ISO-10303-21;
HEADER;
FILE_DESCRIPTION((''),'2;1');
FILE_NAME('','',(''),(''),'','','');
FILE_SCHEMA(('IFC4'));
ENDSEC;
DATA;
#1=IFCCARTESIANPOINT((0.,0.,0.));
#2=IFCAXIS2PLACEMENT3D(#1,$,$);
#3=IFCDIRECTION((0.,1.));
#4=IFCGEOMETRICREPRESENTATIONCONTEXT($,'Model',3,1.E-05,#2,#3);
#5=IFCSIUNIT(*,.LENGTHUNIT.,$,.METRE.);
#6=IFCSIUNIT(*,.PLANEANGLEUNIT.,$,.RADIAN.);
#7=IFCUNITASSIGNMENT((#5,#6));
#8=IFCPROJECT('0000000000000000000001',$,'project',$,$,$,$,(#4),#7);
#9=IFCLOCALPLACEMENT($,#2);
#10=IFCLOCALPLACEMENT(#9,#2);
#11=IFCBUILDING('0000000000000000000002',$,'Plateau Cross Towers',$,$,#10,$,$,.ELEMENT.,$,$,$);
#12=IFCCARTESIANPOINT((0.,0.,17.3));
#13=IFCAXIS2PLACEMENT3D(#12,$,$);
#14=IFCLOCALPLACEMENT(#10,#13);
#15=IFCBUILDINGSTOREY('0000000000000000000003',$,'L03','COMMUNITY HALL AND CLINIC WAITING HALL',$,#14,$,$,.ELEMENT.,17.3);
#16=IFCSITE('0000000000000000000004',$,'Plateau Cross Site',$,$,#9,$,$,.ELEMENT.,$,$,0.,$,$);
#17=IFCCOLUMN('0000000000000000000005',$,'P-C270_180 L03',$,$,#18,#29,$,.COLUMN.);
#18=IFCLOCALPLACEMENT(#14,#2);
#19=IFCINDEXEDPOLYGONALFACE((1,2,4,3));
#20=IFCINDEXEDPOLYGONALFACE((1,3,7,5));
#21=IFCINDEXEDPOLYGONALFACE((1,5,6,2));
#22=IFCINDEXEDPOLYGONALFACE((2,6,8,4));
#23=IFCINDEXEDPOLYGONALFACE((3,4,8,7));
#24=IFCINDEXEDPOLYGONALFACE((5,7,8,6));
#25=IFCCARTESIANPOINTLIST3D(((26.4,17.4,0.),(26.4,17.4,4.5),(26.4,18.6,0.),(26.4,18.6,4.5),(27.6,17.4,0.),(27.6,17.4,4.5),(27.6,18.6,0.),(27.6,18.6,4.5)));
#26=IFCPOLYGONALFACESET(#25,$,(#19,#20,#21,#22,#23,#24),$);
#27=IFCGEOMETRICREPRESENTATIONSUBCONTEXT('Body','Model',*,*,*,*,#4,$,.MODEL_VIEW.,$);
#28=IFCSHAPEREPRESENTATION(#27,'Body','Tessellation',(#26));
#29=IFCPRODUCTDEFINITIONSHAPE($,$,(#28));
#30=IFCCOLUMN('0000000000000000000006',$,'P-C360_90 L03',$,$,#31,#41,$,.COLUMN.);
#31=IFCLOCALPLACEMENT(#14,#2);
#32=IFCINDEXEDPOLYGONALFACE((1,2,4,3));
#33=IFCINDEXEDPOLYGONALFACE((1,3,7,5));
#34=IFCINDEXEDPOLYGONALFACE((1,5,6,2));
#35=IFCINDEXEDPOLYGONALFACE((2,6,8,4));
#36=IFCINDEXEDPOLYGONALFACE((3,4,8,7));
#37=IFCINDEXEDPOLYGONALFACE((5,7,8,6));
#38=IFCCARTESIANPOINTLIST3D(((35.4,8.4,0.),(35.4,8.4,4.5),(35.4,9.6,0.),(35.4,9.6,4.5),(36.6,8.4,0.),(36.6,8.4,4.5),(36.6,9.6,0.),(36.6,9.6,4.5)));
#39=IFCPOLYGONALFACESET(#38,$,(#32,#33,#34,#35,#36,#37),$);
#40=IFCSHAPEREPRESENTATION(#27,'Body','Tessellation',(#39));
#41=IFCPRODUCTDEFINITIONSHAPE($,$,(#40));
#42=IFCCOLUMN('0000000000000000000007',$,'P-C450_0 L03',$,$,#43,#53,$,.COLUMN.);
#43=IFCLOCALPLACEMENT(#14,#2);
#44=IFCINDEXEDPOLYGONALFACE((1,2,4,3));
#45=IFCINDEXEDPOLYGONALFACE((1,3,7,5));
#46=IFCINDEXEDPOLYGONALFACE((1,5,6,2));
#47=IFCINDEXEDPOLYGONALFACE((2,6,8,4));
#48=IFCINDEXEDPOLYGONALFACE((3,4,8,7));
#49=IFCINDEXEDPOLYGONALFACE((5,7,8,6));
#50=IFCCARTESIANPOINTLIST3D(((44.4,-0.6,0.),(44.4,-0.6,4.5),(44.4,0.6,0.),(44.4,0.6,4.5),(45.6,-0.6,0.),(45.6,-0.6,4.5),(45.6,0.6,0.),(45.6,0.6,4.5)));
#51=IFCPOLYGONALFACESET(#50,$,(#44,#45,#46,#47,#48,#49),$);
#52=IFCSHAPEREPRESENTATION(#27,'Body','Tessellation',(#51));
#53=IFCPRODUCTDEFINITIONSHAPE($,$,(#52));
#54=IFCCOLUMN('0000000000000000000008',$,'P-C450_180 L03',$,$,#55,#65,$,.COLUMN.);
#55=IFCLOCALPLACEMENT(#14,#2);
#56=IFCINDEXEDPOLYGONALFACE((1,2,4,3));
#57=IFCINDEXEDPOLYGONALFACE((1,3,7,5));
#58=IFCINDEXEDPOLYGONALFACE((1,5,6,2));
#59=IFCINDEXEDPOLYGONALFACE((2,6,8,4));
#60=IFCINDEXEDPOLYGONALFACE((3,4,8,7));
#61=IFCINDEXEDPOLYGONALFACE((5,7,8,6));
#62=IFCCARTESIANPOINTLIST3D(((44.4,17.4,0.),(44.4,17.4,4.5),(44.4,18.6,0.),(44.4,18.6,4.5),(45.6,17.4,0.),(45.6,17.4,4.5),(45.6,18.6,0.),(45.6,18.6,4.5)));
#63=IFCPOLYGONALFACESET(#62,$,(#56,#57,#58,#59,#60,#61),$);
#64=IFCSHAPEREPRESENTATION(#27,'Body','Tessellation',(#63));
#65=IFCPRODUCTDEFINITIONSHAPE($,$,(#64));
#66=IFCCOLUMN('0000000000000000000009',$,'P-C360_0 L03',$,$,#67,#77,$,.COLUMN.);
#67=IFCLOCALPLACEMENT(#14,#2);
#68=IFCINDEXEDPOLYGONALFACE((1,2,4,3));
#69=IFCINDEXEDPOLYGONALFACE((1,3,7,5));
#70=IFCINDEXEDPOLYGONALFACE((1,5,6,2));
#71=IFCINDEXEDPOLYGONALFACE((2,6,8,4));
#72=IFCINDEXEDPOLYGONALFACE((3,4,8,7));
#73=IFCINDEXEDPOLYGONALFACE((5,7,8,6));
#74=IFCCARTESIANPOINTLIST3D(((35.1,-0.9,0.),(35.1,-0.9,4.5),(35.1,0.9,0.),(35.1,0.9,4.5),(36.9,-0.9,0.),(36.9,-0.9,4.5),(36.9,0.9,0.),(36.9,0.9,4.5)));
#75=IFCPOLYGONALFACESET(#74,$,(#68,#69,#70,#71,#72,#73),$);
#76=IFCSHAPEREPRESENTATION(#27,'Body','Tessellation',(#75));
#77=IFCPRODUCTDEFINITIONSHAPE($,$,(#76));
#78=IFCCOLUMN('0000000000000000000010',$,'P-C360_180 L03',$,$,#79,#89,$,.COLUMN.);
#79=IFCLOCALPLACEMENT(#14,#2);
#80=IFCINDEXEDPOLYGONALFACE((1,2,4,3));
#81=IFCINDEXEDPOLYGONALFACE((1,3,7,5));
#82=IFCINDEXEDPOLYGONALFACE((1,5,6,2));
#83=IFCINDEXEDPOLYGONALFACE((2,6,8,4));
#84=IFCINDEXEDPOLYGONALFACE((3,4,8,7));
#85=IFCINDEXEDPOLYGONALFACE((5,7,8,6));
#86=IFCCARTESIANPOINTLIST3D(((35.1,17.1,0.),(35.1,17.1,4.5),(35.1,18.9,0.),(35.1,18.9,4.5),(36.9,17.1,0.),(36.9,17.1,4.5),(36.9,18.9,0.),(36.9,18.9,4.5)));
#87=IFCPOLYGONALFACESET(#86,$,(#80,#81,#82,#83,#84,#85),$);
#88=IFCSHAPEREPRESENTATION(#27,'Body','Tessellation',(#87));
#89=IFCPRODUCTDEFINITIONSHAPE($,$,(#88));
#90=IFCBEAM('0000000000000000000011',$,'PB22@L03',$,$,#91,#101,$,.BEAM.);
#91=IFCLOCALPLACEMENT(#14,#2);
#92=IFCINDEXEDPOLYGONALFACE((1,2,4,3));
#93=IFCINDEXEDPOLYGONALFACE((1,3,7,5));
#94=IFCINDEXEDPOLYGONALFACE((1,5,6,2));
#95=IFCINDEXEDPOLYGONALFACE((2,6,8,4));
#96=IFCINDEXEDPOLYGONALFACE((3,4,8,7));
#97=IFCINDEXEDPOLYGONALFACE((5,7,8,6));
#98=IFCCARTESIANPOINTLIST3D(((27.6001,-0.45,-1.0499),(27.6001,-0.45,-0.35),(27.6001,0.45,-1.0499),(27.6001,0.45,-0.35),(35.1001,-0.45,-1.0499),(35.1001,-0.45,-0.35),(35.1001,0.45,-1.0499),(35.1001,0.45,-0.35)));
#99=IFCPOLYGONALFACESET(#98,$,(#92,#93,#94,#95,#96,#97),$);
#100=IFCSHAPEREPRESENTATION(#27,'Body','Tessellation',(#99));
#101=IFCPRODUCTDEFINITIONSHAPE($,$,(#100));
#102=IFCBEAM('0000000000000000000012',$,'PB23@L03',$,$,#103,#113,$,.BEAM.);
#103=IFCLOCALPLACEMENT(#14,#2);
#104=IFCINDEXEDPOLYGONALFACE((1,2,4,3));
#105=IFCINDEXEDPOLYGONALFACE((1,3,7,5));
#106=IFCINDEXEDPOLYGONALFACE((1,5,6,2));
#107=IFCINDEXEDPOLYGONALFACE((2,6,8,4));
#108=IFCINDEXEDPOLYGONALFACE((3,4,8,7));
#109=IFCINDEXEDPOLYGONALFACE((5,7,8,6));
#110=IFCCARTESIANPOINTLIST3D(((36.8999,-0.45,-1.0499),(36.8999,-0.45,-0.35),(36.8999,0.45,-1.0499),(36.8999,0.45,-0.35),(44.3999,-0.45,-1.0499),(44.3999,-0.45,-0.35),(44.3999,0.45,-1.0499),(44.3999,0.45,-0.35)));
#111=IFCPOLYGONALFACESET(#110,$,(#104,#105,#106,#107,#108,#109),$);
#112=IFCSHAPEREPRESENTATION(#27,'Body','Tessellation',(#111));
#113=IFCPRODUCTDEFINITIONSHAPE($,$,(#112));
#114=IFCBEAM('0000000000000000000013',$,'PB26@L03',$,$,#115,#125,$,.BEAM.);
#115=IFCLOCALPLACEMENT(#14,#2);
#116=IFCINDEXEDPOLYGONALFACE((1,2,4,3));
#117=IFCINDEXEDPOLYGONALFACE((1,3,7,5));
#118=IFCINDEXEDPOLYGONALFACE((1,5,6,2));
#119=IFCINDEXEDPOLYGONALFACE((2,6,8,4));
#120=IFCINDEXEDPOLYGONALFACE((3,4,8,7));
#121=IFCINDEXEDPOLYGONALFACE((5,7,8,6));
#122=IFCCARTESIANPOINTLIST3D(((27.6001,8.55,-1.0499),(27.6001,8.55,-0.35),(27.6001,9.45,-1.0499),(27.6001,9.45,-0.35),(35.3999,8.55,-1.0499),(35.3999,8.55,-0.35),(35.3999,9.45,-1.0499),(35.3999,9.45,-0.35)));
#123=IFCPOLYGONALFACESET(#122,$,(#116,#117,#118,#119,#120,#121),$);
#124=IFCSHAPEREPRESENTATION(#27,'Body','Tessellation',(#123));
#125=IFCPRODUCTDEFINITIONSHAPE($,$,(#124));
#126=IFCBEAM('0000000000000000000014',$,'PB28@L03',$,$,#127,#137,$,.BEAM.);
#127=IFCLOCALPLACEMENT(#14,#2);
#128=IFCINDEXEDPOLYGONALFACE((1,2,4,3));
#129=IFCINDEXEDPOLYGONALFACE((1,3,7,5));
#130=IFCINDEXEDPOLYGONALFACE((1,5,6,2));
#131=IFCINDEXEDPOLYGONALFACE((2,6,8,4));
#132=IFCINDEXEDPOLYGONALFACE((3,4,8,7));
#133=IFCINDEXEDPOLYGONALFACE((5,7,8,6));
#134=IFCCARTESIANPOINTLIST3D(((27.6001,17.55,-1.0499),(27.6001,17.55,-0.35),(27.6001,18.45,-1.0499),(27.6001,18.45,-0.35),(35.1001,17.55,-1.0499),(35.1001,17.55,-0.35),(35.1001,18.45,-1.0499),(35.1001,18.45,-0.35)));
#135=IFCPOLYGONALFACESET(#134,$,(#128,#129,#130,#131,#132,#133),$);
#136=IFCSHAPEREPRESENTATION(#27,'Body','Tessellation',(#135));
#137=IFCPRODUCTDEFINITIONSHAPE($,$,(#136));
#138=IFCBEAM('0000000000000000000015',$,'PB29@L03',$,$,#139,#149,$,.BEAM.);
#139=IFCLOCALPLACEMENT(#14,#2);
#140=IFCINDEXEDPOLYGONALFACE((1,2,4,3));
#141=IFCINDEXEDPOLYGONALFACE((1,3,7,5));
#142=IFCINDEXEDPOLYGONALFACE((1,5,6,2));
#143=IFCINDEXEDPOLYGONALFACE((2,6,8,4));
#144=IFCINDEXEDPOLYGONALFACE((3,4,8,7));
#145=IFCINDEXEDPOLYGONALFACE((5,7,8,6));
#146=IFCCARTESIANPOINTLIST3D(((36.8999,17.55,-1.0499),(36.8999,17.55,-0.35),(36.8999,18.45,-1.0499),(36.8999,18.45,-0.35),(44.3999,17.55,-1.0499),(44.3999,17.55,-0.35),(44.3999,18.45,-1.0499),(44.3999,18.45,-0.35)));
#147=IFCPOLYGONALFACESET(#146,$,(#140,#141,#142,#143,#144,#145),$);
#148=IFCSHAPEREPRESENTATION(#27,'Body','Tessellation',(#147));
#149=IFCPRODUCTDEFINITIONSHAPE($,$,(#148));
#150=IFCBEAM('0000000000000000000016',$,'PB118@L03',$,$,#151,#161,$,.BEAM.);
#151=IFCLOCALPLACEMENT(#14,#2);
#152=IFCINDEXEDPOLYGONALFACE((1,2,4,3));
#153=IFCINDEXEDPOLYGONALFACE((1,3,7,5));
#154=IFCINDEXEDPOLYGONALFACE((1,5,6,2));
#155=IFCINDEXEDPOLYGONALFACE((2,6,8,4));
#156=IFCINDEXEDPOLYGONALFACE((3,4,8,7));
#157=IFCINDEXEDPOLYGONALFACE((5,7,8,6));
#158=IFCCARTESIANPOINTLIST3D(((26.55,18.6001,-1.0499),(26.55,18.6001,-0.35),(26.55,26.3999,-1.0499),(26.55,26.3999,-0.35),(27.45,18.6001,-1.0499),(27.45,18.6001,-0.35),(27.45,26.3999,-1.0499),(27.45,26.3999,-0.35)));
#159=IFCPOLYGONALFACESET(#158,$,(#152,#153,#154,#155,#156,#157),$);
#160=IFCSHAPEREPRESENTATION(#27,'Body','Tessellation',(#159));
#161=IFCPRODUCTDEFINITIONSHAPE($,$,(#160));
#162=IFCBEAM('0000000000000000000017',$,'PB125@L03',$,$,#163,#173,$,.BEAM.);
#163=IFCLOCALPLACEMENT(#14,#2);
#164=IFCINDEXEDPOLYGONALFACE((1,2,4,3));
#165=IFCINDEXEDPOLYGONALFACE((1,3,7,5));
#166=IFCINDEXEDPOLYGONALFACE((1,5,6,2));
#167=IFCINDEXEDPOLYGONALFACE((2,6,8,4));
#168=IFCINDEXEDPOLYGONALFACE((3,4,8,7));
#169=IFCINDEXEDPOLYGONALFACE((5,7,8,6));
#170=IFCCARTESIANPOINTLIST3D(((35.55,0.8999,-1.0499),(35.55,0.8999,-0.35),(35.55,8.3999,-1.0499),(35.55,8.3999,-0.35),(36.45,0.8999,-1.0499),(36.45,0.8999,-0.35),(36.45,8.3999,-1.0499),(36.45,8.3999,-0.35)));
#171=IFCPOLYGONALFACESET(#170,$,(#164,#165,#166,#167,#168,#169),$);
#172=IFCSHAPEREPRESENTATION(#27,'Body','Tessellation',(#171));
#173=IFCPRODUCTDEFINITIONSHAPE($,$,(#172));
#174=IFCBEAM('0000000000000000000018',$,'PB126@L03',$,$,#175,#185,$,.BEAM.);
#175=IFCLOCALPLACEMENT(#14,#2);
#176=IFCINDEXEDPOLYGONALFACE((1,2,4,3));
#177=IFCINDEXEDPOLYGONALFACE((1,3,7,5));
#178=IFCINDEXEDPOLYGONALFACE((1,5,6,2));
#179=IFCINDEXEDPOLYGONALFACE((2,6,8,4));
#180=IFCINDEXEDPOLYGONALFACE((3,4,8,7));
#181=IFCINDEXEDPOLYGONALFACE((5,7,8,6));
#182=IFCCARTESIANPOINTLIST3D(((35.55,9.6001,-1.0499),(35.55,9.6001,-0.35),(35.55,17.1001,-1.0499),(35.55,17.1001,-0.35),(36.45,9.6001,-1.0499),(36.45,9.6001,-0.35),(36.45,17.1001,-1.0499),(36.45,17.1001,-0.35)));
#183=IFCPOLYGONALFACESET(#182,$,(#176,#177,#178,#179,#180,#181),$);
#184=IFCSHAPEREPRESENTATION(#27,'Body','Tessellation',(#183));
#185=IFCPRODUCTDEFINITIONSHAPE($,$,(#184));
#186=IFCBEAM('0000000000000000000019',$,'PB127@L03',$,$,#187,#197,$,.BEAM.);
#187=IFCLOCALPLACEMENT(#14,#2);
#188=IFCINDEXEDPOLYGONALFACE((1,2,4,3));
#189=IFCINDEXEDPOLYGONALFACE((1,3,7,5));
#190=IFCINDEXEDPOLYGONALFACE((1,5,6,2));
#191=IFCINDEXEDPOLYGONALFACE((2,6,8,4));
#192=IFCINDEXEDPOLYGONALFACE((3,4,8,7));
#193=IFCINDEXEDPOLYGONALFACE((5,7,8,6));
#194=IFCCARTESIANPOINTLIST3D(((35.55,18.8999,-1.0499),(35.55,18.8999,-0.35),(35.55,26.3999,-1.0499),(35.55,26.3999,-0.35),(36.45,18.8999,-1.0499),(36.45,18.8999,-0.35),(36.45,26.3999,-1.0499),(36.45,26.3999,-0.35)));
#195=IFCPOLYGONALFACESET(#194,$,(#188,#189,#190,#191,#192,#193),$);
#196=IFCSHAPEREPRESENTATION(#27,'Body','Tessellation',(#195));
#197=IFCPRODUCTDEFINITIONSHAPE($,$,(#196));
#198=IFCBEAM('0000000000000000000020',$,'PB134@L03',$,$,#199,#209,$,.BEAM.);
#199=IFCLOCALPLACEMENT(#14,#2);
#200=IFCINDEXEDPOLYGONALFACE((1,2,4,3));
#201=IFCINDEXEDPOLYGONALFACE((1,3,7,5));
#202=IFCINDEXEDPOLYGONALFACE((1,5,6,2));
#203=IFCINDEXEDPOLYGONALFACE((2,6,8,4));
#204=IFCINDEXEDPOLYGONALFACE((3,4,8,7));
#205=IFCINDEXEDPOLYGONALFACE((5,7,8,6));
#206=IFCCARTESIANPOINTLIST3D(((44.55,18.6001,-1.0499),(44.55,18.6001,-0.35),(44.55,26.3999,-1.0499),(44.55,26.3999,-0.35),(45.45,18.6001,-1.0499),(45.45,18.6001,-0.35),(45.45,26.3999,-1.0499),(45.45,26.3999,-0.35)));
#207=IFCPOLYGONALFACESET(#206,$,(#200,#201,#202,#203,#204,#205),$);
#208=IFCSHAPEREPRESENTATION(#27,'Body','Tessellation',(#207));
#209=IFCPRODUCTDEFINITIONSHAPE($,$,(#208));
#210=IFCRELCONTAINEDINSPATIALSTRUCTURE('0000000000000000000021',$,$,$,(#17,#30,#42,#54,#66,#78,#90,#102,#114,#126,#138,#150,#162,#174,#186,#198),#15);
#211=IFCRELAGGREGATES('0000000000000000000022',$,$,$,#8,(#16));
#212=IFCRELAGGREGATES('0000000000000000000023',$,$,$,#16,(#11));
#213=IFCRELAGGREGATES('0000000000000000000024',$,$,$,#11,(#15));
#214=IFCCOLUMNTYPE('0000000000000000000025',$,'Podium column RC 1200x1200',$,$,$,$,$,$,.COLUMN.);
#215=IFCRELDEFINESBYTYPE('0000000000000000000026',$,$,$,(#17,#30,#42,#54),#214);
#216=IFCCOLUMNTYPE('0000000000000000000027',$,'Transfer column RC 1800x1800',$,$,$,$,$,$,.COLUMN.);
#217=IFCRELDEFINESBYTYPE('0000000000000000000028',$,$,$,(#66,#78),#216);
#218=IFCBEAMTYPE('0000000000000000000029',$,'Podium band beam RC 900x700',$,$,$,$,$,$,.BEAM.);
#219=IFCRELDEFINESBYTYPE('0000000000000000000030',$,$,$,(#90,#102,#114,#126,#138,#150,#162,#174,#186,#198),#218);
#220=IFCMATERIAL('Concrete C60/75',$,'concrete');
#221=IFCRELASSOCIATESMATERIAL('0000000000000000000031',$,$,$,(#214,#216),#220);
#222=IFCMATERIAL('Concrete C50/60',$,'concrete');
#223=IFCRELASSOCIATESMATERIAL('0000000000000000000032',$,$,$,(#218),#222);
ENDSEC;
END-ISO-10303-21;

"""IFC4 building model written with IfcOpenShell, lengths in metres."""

from ifc_helpers import new_model, si_unit, direction, frame, origin, origin_2d, place, context, subcontext, project, spatial, rectangle, extrude, material, material_profile, profile_set, type_object, element, save


model = new_model("IFC4")

# Units and contexts
model_context = context("Model", 3, precision=1e-05, world=origin(), true_north=direction((0.0, 1.0)))
body_context = subcontext(model_context, "Body", "Model", "MODEL_VIEW")
ifc_project = project(units=[si_unit("LENGTHUNIT", "METRE"), si_unit("PLANEANGLEUNIT", "RADIAN")], contexts=[model_context])

# Site, building, storey
site_placement = place(None, origin())
site = spatial("IfcSite", under=ifc_project, at=site_placement, Name="Plateau Cross Site", CompositionType="ELEMENT", RefElevation=0.0)
building_placement = place(site_placement, origin())
building = spatial("IfcBuilding", under=site, at=building_placement, Name="Plateau Cross Towers", CompositionType="ELEMENT")
storey_placement = place(building_placement, frame((0.0, 0.0, 17.3)))
storey = spatial("IfcBuildingStorey", under=building, at=storey_placement, Name="L03", Description="COMMUNITY HALL AND CLINIC WAITING HALL", CompositionType="ELEMENT", Elevation=17.3)

# Columns
ifc_material_1 = material(Name="Concrete C60/75", Category="concrete")
ifc_material_profile_1 = material_profile(ifc_material_1, rectangle(XDim=1.2, YDim=1.2, at=origin_2d()), Name="RC 1200x1200")
ifc_profile_set_1 = profile_set([ifc_material_profile_1], Name="Concrete C60/75")
column_type_1 = type_object("IfcColumnType", Name="Podium column RC 1200x1200", PredefinedType="COLUMN", material=ifc_profile_set_1)
for number, where, z_axis, x_axis, name in (
    (1, (27.0, 18.0, 0.0), (0.0, 0.0, 1.0), (1.0, 0.0, 0.0), "P-C270_180 L03"),
    (2, (36.0, 9.0, 0.0), (0.0, 0.0, 1.0), (1.0, 0.0, 0.0), "P-C360_90 L03"),
    (3, (45.0, 0.0, 0.0), (0.0, 0.0, 1.0), (1.0, 0.0, 0.0), "P-C450_0 L03"),
    (4, (45.0, 18.0, 0.0), (0.0, 0.0, 1.0), (1.0, 0.0, 0.0), "P-C450_180 L03"),
):
    element("IfcColumn", number, at=place(storey_placement, frame(where, z_axis=z_axis, x_axis=x_axis)), inside=storey, type_object=column_type_1, Name=name, PredefinedType="COLUMN", context=body_context, shape_type="SweptSolid", body=[
        extrude(rectangle(XDim=1.2, YDim=1.2, at=origin_2d()), origin(), (0.0, 0.0, 1.0), 4.5),
    ])
ifc_material_profile_2 = material_profile(ifc_material_1, rectangle(XDim=1.8, YDim=1.8, at=origin_2d()), Name="RC 1800x1800")
ifc_profile_set_2 = profile_set([ifc_material_profile_2], Name="Concrete C60/75")
column_type_2 = type_object("IfcColumnType", Name="Transfer column RC 1800x1800", PredefinedType="COLUMN", material=ifc_profile_set_2)
for number, where, z_axis, x_axis, name in (
    (5, (36.0, 0.0, 0.0), (0.0, 0.0, 1.0), (1.0, 0.0, 0.0), "P-C360_0 L03"),
    (6, (36.0, 18.0, 0.0), (0.0, 0.0, 1.0), (1.0, 0.0, 0.0), "P-C360_180 L03"),
):
    element("IfcColumn", number, at=place(storey_placement, frame(where, z_axis=z_axis, x_axis=x_axis)), inside=storey, type_object=column_type_2, Name=name, PredefinedType="COLUMN", context=body_context, shape_type="SweptSolid", body=[
        extrude(rectangle(XDim=1.8, YDim=1.8, at=origin_2d()), origin(), (0.0, 0.0, 1.0), 4.5),
    ])

# Beams
ifc_material_2 = material(Name="Concrete C50/60", Category="concrete")
ifc_material_profile_3 = material_profile(ifc_material_2, rectangle(XDim=0.8999, YDim=0.7, at=origin_2d()), Name="RC 900x700")
ifc_profile_set_3 = profile_set([ifc_material_profile_3], Name="Concrete C50/60")
beam_type = type_object("IfcBeamType", Name="Podium band beam RC 900x700", PredefinedType="BEAM", material=ifc_profile_set_3)
for number, where, z_axis, x_axis, name in (
    (7, (27.6001, 0.0, -0.7), (1.0, 0.0, 0.0), (0.0, 1.0, 0.0), "PB22@L03"),
    (8, (36.8999, 0.0, -0.7), (1.0, 0.0, 0.0), (0.0, 1.0, 0.0), "PB23@L03"),
):
    element("IfcBeam", number, at=place(storey_placement, frame(where, z_axis=z_axis, x_axis=x_axis)), inside=storey, type_object=beam_type, Name=name, PredefinedType="BEAM", context=body_context, shape_type="SweptSolid", body=[
        extrude(rectangle(XDim=0.8999, YDim=0.7, at=origin_2d()), origin(), (0.0, 0.0, 1.0), 7.5),
    ])
beam_1_placement = place(storey_placement, frame((27.6001, 9.0, -0.7), z_axis=(1.0, 0.0, 0.0), x_axis=(0.0, 1.0, 0.0)))
element("IfcBeam", 9, at=beam_1_placement, inside=storey, type_object=beam_type, Name="PB26@L03", PredefinedType="BEAM", context=body_context, shape_type="SweptSolid", body=[
    extrude(rectangle(XDim=0.8999, YDim=0.7, at=origin_2d()), origin(), (0.0, 0.0, 1.0), 7.7998),
])
for number, where, z_axis, x_axis, name in (
    (10, (27.6001, 18.0, -0.7), (1.0, 0.0, 0.0), (0.0, 1.0, 0.0), "PB28@L03"),
    (11, (36.8999, 18.0, -0.7), (1.0, 0.0, 0.0), (0.0, 1.0, 0.0), "PB29@L03"),
):
    element("IfcBeam", number, at=place(storey_placement, frame(where, z_axis=z_axis, x_axis=x_axis)), inside=storey, type_object=beam_type, Name=name, PredefinedType="BEAM", context=body_context, shape_type="SweptSolid", body=[
        extrude(rectangle(XDim=0.8999, YDim=0.7, at=origin_2d()), origin(), (0.0, 0.0, 1.0), 7.5),
    ])
beam_2_placement = place(storey_placement, frame((27.0, 18.6001, -0.7), z_axis=(0.0, 1.0, 0.0), x_axis=(-1.0, 0.0, 0.0)))
element("IfcBeam", 12, at=beam_2_placement, inside=storey, type_object=beam_type, Name="PB118@L03", PredefinedType="BEAM", context=body_context, shape_type="SweptSolid", body=[
    extrude(rectangle(XDim=0.8999, YDim=0.7, at=origin_2d()), origin(), (0.0, 0.0, 1.0), 7.7998),
])
for number, where, z_axis, x_axis, name in (
    (13, (36.0, 0.8999, -0.7), (0.0, 1.0, 0.0), (-1.0, 0.0, 0.0), "PB125@L03"),
    (14, (36.0, 9.6001, -0.7), (0.0, 1.0, 0.0), (-1.0, 0.0, 0.0), "PB126@L03"),
    (15, (36.0, 18.8999, -0.7), (0.0, 1.0, 0.0), (-1.0, 0.0, 0.0), "PB127@L03"),
):
    element("IfcBeam", number, at=place(storey_placement, frame(where, z_axis=z_axis, x_axis=x_axis)), inside=storey, type_object=beam_type, Name=name, PredefinedType="BEAM", context=body_context, shape_type="SweptSolid", body=[
        extrude(rectangle(XDim=0.8999, YDim=0.7, at=origin_2d()), origin(), (0.0, 0.0, 1.0), 7.5),
    ])
beam_3_placement = place(storey_placement, frame((45.0, 18.6001, -0.7), z_axis=(0.0, 1.0, 0.0), x_axis=(-1.0, 0.0, 0.0)))
element("IfcBeam", 16, at=beam_3_placement, inside=storey, type_object=beam_type, Name="PB134@L03", PredefinedType="BEAM", context=body_context, shape_type="SweptSolid", body=[
    extrude(rectangle(XDim=0.8999, YDim=0.7, at=origin_2d()), origin(), (0.0, 0.0, 1.0), 7.7998),
])

save(model, "model.ifc")
